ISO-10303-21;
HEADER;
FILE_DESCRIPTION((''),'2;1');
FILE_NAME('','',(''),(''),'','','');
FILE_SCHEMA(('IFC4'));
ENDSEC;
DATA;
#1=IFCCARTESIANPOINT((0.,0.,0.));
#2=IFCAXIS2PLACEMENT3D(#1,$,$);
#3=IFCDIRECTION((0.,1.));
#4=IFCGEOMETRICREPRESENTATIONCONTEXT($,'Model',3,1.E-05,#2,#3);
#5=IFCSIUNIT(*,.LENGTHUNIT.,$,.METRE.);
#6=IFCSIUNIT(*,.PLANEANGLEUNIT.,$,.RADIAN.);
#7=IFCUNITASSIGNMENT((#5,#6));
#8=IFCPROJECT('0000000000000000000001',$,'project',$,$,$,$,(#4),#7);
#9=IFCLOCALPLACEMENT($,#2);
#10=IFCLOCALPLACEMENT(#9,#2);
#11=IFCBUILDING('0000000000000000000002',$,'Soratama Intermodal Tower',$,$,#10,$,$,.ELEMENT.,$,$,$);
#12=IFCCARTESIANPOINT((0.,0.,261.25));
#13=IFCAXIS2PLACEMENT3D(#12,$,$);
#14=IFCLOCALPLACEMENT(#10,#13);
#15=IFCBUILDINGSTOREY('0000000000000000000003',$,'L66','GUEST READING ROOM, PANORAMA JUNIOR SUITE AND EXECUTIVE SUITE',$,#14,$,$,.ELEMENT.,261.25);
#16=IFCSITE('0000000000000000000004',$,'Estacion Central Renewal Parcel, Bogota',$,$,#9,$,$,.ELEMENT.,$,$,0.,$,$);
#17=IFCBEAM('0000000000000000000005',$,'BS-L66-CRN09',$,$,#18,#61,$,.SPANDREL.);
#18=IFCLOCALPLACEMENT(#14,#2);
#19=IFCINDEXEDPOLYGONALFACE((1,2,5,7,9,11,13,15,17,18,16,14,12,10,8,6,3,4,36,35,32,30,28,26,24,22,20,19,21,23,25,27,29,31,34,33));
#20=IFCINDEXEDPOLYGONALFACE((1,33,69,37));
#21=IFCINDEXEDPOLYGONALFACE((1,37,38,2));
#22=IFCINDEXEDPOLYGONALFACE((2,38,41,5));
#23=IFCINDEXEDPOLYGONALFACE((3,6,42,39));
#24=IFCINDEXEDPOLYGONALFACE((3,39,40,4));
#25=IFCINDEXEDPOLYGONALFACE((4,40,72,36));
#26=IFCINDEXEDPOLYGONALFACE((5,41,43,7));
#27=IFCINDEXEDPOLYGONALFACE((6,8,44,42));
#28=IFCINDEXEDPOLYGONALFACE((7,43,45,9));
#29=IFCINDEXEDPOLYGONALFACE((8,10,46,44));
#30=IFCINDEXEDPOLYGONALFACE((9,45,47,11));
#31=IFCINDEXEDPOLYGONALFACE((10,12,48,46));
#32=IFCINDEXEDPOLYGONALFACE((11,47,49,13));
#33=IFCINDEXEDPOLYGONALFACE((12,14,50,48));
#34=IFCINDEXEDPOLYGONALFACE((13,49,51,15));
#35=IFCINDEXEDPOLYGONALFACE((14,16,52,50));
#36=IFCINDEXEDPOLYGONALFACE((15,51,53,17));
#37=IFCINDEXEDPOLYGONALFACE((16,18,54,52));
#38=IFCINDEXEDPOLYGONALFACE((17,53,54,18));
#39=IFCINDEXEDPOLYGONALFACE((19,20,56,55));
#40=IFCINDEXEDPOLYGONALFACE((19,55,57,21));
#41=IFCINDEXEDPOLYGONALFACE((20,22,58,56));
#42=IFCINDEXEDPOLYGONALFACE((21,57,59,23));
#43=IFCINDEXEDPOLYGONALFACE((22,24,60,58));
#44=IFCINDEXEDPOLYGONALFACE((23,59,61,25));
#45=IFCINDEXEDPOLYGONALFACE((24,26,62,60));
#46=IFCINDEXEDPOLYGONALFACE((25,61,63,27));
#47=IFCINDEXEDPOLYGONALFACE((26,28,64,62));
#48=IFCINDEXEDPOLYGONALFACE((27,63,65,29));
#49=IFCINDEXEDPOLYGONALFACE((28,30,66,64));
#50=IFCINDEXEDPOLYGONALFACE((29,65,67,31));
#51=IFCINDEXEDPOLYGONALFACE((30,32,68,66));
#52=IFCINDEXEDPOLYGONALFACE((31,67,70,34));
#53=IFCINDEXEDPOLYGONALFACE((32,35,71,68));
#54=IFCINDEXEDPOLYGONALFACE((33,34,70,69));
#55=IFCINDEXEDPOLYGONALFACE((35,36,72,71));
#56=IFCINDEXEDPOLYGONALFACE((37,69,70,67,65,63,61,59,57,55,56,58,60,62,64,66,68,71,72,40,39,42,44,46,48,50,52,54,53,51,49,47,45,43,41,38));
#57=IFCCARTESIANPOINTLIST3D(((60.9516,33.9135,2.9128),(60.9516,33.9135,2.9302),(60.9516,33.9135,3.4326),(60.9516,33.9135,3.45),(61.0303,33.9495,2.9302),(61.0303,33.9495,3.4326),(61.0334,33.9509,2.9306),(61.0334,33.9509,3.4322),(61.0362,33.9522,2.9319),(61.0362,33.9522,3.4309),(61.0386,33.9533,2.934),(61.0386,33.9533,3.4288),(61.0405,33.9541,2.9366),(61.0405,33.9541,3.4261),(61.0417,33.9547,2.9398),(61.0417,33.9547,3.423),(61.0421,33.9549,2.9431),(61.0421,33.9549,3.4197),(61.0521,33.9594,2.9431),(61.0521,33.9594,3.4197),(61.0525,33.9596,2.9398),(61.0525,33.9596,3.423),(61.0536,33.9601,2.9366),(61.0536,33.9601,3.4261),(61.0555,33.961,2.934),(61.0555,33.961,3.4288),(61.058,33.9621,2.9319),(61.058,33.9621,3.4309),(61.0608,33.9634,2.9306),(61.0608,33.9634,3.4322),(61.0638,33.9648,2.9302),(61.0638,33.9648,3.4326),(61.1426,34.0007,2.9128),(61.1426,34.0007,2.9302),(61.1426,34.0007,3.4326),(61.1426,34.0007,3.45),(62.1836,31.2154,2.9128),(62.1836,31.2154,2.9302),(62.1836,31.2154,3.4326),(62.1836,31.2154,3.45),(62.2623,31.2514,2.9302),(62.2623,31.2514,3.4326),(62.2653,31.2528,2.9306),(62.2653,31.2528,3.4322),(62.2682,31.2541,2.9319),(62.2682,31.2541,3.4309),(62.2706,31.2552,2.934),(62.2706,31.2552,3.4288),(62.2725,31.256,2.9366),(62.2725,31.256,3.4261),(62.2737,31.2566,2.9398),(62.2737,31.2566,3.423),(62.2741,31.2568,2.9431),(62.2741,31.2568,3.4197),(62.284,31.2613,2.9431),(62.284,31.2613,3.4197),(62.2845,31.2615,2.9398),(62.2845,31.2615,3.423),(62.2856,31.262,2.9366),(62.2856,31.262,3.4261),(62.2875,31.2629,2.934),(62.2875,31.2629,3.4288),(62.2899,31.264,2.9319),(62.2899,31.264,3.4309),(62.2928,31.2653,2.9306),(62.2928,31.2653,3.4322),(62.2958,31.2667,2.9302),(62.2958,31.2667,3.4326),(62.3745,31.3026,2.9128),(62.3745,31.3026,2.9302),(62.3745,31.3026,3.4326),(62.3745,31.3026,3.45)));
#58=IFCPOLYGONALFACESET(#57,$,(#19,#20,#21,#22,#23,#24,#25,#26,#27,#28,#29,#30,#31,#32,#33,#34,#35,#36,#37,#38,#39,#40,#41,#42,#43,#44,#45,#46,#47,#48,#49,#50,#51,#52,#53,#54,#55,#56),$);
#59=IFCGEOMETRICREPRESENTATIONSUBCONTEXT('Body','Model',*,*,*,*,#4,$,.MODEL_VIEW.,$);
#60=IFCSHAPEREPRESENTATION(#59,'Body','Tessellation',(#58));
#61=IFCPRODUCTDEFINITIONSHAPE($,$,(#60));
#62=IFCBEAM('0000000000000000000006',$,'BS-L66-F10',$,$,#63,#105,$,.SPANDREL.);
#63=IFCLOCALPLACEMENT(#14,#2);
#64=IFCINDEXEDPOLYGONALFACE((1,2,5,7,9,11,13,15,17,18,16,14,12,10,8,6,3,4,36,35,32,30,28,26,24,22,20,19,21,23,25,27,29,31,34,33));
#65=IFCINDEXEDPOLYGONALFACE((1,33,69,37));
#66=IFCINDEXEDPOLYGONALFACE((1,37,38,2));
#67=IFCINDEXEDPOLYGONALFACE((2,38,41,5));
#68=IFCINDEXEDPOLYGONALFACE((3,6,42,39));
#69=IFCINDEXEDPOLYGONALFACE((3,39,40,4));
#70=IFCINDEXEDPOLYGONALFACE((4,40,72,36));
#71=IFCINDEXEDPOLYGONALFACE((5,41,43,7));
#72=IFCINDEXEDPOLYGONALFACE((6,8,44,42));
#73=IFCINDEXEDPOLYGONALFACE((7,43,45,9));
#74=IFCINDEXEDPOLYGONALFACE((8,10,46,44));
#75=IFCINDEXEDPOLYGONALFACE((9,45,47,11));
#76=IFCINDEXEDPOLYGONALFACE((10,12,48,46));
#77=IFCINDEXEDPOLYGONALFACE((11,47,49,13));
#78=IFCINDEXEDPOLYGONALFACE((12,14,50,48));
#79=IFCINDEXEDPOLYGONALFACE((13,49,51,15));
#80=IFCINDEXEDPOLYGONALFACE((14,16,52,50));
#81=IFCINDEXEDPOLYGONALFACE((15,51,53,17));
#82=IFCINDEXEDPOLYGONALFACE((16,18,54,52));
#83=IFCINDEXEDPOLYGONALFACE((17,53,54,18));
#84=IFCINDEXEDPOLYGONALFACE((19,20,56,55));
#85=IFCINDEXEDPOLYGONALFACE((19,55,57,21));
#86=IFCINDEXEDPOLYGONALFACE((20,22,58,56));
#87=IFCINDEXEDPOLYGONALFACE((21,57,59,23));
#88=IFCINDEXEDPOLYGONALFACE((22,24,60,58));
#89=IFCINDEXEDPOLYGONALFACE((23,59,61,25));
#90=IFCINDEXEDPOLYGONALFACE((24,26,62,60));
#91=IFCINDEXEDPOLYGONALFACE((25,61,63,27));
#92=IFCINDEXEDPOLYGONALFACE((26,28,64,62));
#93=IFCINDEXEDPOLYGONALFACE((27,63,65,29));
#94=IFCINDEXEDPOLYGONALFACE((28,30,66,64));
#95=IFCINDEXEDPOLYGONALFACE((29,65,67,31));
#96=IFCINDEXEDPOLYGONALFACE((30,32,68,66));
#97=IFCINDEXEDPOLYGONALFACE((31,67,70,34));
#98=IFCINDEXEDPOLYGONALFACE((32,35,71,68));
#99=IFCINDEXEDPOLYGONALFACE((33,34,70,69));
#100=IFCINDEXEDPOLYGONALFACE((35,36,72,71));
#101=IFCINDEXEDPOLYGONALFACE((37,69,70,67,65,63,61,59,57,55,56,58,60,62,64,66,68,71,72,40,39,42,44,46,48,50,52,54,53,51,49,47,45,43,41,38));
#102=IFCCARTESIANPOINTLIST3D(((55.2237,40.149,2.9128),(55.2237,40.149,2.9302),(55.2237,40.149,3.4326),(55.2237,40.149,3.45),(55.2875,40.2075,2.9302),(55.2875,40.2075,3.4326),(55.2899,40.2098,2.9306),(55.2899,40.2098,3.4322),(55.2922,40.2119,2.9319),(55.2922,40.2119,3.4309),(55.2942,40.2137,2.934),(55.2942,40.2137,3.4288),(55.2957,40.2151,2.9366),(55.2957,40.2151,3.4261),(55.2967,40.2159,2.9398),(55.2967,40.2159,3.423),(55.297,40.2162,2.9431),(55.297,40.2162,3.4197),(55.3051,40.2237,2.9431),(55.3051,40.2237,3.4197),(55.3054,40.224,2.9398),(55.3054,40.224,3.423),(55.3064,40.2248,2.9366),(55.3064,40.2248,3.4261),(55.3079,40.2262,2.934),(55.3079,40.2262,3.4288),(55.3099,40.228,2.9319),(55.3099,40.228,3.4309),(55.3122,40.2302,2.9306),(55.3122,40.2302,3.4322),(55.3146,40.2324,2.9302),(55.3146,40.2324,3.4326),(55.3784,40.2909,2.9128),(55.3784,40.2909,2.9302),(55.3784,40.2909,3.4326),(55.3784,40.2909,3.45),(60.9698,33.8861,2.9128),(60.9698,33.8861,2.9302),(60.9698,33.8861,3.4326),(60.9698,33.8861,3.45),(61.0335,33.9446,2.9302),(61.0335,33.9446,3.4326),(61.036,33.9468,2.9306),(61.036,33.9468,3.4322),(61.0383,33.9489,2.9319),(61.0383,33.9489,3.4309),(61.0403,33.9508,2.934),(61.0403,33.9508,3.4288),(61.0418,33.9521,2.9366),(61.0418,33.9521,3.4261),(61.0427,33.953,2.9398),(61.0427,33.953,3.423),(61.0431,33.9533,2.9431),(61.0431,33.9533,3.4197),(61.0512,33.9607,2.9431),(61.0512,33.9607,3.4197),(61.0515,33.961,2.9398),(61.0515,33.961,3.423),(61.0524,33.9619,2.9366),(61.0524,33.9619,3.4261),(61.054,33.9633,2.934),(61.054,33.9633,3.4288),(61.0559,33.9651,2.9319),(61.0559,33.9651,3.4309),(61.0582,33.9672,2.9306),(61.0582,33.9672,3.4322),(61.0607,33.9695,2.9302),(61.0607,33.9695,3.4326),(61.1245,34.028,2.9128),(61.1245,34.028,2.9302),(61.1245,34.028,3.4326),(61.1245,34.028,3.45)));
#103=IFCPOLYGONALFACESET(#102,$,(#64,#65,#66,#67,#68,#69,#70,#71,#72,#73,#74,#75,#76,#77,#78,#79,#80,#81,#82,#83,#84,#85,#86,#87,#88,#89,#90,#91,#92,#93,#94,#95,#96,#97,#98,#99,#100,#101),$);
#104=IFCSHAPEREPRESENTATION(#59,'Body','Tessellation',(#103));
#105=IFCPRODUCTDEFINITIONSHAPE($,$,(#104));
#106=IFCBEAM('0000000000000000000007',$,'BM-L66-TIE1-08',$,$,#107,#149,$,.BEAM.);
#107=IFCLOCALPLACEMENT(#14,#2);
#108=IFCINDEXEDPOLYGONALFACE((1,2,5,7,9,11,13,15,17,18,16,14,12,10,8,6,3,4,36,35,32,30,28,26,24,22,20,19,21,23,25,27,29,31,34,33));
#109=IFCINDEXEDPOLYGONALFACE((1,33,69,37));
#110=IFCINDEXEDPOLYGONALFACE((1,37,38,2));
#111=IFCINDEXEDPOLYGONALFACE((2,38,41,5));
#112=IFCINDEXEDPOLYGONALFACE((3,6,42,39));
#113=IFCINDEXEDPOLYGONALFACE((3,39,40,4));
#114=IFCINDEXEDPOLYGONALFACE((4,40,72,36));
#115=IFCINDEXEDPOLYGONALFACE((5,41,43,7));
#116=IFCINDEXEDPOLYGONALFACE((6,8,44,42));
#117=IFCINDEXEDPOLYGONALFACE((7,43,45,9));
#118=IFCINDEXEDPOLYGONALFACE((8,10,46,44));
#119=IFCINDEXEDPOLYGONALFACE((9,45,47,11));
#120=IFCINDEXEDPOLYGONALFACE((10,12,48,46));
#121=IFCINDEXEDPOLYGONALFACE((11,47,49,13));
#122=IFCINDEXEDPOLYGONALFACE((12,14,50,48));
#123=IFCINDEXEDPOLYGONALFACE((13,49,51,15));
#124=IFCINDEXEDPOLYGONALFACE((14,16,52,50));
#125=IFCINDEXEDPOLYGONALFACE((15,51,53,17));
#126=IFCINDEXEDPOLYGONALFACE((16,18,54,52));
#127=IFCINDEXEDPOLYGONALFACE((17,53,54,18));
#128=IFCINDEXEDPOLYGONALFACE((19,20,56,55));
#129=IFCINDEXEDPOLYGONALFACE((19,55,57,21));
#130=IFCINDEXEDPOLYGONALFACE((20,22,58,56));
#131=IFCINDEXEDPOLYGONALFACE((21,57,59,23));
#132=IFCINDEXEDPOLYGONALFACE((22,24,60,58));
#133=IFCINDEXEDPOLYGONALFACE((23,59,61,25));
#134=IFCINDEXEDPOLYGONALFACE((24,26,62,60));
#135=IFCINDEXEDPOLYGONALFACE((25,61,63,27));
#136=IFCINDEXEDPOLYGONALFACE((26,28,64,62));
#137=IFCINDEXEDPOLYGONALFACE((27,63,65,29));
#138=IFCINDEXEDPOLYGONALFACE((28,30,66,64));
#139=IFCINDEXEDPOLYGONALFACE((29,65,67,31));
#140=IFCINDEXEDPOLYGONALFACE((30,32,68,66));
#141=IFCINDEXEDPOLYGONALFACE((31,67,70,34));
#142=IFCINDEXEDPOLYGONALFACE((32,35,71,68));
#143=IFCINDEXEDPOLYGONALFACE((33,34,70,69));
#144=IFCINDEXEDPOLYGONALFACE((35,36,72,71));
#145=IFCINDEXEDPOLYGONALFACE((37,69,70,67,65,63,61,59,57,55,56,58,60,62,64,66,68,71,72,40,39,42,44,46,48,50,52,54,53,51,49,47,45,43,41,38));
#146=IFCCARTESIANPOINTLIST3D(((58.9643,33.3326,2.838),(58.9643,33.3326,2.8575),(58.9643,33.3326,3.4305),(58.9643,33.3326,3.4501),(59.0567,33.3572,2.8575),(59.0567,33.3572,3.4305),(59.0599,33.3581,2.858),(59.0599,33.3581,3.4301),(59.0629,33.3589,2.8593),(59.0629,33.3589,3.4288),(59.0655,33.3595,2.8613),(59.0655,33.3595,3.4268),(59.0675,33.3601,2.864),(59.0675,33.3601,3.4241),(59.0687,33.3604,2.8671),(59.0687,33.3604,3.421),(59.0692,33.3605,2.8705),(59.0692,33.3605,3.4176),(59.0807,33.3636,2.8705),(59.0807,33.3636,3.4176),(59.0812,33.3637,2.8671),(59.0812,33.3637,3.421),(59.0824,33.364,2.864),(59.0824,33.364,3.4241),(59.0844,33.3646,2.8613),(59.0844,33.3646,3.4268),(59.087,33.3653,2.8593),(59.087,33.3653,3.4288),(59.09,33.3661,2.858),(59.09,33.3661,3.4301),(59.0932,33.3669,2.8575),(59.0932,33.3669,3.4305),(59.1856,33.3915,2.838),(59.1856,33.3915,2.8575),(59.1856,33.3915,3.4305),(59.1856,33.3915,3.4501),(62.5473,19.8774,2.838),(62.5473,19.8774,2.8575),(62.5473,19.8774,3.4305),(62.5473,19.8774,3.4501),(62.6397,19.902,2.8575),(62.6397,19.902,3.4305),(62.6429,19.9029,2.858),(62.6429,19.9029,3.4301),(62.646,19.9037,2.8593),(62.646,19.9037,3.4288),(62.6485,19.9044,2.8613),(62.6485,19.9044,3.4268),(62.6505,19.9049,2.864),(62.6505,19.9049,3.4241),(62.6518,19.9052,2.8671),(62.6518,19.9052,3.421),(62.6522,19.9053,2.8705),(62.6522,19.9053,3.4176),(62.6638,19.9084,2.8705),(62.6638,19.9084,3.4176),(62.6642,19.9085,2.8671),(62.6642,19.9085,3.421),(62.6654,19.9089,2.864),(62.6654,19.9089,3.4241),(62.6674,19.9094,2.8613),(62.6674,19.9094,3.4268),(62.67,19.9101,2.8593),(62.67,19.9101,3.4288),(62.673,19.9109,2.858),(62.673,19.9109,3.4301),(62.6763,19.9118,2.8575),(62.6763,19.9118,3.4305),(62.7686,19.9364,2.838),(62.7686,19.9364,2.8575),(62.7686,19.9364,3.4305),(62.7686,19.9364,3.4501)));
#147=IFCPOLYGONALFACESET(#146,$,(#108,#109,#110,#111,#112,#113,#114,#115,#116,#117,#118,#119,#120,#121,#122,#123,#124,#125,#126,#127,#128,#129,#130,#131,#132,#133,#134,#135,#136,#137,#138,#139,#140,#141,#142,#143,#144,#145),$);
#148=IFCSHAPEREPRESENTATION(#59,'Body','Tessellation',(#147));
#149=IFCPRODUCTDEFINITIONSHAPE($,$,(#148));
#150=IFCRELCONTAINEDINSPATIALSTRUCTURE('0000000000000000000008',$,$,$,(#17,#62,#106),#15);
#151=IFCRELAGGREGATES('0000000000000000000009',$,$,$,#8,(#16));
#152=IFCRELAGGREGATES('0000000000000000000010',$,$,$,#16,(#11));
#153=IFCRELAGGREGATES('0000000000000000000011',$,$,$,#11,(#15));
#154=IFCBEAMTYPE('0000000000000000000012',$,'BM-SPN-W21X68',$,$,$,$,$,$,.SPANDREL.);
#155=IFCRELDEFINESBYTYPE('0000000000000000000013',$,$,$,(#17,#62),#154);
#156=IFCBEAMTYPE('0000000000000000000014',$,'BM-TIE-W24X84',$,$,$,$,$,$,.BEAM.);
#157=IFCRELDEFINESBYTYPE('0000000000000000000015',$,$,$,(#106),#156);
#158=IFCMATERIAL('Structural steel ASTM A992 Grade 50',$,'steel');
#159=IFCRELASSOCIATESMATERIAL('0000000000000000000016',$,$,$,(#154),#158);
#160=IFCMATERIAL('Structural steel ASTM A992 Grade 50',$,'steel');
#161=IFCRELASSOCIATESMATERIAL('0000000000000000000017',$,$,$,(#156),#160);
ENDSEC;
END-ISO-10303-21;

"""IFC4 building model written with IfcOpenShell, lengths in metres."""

from ifc_helpers import new_model, si_unit, direction, frame, origin, origin_2d, place, context, subcontext, project, spatial, i_section, extrude, material, material_profile, profile_set, type_object, element, save


model = new_model("IFC4")

# Units and contexts
model_context = context("Model", 3, precision=1e-05, world=origin(), true_north=direction((0.0, 1.0)))
body_context = subcontext(model_context, "Body", "Model", "MODEL_VIEW")
ifc_project = project(units=[si_unit("LENGTHUNIT", "METRE"), si_unit("PLANEANGLEUNIT", "RADIAN")], contexts=[model_context])

# Site, building, storey
site_placement = place(None, origin())
site = spatial("IfcSite", under=ifc_project, at=site_placement, Name="Estacion Central Renewal Parcel, Bogota", CompositionType="ELEMENT", RefElevation=0.0)
building_placement = place(site_placement, origin())
building = spatial("IfcBuilding", under=site, at=building_placement, Name="Soratama Intermodal Tower", CompositionType="ELEMENT")
storey_placement = place(building_placement, frame((0.0, 0.0, 261.25)))
storey = spatial("IfcBuildingStorey", under=building, at=storey_placement, Name="L66", Description="GUEST READING ROOM, PANORAMA JUNIOR SUITE AND EXECUTIVE SUITE", CompositionType="ELEMENT", Elevation=261.25)

# Beams
ifc_material_1 = material(Name="Structural steel ASTM A992 Grade 50", Category="steel")
ifc_material_profile_1 = material_profile(ifc_material_1, i_section(OverallWidth=0.21, OverallDepth=0.5371, WebThickness=0.011, FlangeThickness=0.0173, FilletRadius=0.0129, at=origin_2d()), Name="W21X68")
ifc_profile_set_1 = profile_set([ifc_material_profile_1], Name="Structural steel ASTM A992 Grade 50")
beam_type_1 = type_object("IfcBeamType", Name="BM-SPN-W21X68", PredefinedType="SPANDREL", material=ifc_profile_set_1)
beam_1_placement = place(storey_placement, frame((62.2791, 31.259, 3.1814), z_axis=(-0.415359, 0.909658, 0.0), x_axis=(-0.909658, -0.415359, 0.0)))
element("IfcBeam", 1, at=beam_1_placement, inside=storey, type_object=beam_type_1, Name="BS-L66-CRN09", PredefinedType="SPANDREL", context=body_context, shape_type="SweptSolid", body=[
    extrude(i_section(OverallWidth=0.21, OverallDepth=0.5371, WebThickness=0.011, FlangeThickness=0.0173, FilletRadius=0.0129, at=origin_2d()), origin(), (0.0, 0.0, 1.0), 2.9661),
])
beam_2_placement = place(storey_placement, frame((61.0471, 33.957, 3.1814), z_axis=(-0.676048, 0.736857, 0.0), x_axis=(-0.736857, -0.676048, 0.0)))
element("IfcBeam", 2, at=beam_2_placement, inside=storey, type_object=beam_type_1, Name="BS-L66-F10", PredefinedType="SPANDREL", context=body_context, shape_type="SweptSolid", body=[
    extrude(i_section(OverallWidth=0.21, OverallDepth=0.5371, WebThickness=0.011, FlangeThickness=0.0173, FilletRadius=0.0129, at=origin_2d()), origin(), (0.0, 0.0, 1.0), 8.4995),
])
ifc_material_2 = material(Name="Structural steel ASTM A992 Grade 50", Category="steel")
ifc_material_profile_2 = material_profile(ifc_material_2, i_section(OverallWidth=0.229, OverallDepth=0.6121, WebThickness=0.012, FlangeThickness=0.0195, FilletRadius=0.0129, at=origin_2d()), Name="W24X84")
ifc_profile_set_2 = profile_set([ifc_material_profile_2], Name="Structural steel ASTM A992 Grade 50")
beam_type_2 = type_object("IfcBeamType", Name="BM-TIE-W24X84", PredefinedType="BEAM", material=ifc_profile_set_2)
beam_3_placement = place(storey_placement, frame((59.075, 33.3621, 3.144), z_axis=(0.257327, -0.966325, 0.0), x_axis=(0.966325, 0.257327, 0.0)))
element("IfcBeam", 3, at=beam_3_placement, inside=storey, type_object=beam_type_2, Name="BM-L66-TIE1-08", PredefinedType="BEAM", context=body_context, shape_type="SweptSolid", body=[
    extrude(i_section(OverallWidth=0.229, OverallDepth=0.6121, WebThickness=0.012, FlangeThickness=0.0195, FilletRadius=0.0129, at=origin_2d()), origin(), (0.0, 0.0, 1.0), 13.9241),
])

save(model, "model.ifc")
